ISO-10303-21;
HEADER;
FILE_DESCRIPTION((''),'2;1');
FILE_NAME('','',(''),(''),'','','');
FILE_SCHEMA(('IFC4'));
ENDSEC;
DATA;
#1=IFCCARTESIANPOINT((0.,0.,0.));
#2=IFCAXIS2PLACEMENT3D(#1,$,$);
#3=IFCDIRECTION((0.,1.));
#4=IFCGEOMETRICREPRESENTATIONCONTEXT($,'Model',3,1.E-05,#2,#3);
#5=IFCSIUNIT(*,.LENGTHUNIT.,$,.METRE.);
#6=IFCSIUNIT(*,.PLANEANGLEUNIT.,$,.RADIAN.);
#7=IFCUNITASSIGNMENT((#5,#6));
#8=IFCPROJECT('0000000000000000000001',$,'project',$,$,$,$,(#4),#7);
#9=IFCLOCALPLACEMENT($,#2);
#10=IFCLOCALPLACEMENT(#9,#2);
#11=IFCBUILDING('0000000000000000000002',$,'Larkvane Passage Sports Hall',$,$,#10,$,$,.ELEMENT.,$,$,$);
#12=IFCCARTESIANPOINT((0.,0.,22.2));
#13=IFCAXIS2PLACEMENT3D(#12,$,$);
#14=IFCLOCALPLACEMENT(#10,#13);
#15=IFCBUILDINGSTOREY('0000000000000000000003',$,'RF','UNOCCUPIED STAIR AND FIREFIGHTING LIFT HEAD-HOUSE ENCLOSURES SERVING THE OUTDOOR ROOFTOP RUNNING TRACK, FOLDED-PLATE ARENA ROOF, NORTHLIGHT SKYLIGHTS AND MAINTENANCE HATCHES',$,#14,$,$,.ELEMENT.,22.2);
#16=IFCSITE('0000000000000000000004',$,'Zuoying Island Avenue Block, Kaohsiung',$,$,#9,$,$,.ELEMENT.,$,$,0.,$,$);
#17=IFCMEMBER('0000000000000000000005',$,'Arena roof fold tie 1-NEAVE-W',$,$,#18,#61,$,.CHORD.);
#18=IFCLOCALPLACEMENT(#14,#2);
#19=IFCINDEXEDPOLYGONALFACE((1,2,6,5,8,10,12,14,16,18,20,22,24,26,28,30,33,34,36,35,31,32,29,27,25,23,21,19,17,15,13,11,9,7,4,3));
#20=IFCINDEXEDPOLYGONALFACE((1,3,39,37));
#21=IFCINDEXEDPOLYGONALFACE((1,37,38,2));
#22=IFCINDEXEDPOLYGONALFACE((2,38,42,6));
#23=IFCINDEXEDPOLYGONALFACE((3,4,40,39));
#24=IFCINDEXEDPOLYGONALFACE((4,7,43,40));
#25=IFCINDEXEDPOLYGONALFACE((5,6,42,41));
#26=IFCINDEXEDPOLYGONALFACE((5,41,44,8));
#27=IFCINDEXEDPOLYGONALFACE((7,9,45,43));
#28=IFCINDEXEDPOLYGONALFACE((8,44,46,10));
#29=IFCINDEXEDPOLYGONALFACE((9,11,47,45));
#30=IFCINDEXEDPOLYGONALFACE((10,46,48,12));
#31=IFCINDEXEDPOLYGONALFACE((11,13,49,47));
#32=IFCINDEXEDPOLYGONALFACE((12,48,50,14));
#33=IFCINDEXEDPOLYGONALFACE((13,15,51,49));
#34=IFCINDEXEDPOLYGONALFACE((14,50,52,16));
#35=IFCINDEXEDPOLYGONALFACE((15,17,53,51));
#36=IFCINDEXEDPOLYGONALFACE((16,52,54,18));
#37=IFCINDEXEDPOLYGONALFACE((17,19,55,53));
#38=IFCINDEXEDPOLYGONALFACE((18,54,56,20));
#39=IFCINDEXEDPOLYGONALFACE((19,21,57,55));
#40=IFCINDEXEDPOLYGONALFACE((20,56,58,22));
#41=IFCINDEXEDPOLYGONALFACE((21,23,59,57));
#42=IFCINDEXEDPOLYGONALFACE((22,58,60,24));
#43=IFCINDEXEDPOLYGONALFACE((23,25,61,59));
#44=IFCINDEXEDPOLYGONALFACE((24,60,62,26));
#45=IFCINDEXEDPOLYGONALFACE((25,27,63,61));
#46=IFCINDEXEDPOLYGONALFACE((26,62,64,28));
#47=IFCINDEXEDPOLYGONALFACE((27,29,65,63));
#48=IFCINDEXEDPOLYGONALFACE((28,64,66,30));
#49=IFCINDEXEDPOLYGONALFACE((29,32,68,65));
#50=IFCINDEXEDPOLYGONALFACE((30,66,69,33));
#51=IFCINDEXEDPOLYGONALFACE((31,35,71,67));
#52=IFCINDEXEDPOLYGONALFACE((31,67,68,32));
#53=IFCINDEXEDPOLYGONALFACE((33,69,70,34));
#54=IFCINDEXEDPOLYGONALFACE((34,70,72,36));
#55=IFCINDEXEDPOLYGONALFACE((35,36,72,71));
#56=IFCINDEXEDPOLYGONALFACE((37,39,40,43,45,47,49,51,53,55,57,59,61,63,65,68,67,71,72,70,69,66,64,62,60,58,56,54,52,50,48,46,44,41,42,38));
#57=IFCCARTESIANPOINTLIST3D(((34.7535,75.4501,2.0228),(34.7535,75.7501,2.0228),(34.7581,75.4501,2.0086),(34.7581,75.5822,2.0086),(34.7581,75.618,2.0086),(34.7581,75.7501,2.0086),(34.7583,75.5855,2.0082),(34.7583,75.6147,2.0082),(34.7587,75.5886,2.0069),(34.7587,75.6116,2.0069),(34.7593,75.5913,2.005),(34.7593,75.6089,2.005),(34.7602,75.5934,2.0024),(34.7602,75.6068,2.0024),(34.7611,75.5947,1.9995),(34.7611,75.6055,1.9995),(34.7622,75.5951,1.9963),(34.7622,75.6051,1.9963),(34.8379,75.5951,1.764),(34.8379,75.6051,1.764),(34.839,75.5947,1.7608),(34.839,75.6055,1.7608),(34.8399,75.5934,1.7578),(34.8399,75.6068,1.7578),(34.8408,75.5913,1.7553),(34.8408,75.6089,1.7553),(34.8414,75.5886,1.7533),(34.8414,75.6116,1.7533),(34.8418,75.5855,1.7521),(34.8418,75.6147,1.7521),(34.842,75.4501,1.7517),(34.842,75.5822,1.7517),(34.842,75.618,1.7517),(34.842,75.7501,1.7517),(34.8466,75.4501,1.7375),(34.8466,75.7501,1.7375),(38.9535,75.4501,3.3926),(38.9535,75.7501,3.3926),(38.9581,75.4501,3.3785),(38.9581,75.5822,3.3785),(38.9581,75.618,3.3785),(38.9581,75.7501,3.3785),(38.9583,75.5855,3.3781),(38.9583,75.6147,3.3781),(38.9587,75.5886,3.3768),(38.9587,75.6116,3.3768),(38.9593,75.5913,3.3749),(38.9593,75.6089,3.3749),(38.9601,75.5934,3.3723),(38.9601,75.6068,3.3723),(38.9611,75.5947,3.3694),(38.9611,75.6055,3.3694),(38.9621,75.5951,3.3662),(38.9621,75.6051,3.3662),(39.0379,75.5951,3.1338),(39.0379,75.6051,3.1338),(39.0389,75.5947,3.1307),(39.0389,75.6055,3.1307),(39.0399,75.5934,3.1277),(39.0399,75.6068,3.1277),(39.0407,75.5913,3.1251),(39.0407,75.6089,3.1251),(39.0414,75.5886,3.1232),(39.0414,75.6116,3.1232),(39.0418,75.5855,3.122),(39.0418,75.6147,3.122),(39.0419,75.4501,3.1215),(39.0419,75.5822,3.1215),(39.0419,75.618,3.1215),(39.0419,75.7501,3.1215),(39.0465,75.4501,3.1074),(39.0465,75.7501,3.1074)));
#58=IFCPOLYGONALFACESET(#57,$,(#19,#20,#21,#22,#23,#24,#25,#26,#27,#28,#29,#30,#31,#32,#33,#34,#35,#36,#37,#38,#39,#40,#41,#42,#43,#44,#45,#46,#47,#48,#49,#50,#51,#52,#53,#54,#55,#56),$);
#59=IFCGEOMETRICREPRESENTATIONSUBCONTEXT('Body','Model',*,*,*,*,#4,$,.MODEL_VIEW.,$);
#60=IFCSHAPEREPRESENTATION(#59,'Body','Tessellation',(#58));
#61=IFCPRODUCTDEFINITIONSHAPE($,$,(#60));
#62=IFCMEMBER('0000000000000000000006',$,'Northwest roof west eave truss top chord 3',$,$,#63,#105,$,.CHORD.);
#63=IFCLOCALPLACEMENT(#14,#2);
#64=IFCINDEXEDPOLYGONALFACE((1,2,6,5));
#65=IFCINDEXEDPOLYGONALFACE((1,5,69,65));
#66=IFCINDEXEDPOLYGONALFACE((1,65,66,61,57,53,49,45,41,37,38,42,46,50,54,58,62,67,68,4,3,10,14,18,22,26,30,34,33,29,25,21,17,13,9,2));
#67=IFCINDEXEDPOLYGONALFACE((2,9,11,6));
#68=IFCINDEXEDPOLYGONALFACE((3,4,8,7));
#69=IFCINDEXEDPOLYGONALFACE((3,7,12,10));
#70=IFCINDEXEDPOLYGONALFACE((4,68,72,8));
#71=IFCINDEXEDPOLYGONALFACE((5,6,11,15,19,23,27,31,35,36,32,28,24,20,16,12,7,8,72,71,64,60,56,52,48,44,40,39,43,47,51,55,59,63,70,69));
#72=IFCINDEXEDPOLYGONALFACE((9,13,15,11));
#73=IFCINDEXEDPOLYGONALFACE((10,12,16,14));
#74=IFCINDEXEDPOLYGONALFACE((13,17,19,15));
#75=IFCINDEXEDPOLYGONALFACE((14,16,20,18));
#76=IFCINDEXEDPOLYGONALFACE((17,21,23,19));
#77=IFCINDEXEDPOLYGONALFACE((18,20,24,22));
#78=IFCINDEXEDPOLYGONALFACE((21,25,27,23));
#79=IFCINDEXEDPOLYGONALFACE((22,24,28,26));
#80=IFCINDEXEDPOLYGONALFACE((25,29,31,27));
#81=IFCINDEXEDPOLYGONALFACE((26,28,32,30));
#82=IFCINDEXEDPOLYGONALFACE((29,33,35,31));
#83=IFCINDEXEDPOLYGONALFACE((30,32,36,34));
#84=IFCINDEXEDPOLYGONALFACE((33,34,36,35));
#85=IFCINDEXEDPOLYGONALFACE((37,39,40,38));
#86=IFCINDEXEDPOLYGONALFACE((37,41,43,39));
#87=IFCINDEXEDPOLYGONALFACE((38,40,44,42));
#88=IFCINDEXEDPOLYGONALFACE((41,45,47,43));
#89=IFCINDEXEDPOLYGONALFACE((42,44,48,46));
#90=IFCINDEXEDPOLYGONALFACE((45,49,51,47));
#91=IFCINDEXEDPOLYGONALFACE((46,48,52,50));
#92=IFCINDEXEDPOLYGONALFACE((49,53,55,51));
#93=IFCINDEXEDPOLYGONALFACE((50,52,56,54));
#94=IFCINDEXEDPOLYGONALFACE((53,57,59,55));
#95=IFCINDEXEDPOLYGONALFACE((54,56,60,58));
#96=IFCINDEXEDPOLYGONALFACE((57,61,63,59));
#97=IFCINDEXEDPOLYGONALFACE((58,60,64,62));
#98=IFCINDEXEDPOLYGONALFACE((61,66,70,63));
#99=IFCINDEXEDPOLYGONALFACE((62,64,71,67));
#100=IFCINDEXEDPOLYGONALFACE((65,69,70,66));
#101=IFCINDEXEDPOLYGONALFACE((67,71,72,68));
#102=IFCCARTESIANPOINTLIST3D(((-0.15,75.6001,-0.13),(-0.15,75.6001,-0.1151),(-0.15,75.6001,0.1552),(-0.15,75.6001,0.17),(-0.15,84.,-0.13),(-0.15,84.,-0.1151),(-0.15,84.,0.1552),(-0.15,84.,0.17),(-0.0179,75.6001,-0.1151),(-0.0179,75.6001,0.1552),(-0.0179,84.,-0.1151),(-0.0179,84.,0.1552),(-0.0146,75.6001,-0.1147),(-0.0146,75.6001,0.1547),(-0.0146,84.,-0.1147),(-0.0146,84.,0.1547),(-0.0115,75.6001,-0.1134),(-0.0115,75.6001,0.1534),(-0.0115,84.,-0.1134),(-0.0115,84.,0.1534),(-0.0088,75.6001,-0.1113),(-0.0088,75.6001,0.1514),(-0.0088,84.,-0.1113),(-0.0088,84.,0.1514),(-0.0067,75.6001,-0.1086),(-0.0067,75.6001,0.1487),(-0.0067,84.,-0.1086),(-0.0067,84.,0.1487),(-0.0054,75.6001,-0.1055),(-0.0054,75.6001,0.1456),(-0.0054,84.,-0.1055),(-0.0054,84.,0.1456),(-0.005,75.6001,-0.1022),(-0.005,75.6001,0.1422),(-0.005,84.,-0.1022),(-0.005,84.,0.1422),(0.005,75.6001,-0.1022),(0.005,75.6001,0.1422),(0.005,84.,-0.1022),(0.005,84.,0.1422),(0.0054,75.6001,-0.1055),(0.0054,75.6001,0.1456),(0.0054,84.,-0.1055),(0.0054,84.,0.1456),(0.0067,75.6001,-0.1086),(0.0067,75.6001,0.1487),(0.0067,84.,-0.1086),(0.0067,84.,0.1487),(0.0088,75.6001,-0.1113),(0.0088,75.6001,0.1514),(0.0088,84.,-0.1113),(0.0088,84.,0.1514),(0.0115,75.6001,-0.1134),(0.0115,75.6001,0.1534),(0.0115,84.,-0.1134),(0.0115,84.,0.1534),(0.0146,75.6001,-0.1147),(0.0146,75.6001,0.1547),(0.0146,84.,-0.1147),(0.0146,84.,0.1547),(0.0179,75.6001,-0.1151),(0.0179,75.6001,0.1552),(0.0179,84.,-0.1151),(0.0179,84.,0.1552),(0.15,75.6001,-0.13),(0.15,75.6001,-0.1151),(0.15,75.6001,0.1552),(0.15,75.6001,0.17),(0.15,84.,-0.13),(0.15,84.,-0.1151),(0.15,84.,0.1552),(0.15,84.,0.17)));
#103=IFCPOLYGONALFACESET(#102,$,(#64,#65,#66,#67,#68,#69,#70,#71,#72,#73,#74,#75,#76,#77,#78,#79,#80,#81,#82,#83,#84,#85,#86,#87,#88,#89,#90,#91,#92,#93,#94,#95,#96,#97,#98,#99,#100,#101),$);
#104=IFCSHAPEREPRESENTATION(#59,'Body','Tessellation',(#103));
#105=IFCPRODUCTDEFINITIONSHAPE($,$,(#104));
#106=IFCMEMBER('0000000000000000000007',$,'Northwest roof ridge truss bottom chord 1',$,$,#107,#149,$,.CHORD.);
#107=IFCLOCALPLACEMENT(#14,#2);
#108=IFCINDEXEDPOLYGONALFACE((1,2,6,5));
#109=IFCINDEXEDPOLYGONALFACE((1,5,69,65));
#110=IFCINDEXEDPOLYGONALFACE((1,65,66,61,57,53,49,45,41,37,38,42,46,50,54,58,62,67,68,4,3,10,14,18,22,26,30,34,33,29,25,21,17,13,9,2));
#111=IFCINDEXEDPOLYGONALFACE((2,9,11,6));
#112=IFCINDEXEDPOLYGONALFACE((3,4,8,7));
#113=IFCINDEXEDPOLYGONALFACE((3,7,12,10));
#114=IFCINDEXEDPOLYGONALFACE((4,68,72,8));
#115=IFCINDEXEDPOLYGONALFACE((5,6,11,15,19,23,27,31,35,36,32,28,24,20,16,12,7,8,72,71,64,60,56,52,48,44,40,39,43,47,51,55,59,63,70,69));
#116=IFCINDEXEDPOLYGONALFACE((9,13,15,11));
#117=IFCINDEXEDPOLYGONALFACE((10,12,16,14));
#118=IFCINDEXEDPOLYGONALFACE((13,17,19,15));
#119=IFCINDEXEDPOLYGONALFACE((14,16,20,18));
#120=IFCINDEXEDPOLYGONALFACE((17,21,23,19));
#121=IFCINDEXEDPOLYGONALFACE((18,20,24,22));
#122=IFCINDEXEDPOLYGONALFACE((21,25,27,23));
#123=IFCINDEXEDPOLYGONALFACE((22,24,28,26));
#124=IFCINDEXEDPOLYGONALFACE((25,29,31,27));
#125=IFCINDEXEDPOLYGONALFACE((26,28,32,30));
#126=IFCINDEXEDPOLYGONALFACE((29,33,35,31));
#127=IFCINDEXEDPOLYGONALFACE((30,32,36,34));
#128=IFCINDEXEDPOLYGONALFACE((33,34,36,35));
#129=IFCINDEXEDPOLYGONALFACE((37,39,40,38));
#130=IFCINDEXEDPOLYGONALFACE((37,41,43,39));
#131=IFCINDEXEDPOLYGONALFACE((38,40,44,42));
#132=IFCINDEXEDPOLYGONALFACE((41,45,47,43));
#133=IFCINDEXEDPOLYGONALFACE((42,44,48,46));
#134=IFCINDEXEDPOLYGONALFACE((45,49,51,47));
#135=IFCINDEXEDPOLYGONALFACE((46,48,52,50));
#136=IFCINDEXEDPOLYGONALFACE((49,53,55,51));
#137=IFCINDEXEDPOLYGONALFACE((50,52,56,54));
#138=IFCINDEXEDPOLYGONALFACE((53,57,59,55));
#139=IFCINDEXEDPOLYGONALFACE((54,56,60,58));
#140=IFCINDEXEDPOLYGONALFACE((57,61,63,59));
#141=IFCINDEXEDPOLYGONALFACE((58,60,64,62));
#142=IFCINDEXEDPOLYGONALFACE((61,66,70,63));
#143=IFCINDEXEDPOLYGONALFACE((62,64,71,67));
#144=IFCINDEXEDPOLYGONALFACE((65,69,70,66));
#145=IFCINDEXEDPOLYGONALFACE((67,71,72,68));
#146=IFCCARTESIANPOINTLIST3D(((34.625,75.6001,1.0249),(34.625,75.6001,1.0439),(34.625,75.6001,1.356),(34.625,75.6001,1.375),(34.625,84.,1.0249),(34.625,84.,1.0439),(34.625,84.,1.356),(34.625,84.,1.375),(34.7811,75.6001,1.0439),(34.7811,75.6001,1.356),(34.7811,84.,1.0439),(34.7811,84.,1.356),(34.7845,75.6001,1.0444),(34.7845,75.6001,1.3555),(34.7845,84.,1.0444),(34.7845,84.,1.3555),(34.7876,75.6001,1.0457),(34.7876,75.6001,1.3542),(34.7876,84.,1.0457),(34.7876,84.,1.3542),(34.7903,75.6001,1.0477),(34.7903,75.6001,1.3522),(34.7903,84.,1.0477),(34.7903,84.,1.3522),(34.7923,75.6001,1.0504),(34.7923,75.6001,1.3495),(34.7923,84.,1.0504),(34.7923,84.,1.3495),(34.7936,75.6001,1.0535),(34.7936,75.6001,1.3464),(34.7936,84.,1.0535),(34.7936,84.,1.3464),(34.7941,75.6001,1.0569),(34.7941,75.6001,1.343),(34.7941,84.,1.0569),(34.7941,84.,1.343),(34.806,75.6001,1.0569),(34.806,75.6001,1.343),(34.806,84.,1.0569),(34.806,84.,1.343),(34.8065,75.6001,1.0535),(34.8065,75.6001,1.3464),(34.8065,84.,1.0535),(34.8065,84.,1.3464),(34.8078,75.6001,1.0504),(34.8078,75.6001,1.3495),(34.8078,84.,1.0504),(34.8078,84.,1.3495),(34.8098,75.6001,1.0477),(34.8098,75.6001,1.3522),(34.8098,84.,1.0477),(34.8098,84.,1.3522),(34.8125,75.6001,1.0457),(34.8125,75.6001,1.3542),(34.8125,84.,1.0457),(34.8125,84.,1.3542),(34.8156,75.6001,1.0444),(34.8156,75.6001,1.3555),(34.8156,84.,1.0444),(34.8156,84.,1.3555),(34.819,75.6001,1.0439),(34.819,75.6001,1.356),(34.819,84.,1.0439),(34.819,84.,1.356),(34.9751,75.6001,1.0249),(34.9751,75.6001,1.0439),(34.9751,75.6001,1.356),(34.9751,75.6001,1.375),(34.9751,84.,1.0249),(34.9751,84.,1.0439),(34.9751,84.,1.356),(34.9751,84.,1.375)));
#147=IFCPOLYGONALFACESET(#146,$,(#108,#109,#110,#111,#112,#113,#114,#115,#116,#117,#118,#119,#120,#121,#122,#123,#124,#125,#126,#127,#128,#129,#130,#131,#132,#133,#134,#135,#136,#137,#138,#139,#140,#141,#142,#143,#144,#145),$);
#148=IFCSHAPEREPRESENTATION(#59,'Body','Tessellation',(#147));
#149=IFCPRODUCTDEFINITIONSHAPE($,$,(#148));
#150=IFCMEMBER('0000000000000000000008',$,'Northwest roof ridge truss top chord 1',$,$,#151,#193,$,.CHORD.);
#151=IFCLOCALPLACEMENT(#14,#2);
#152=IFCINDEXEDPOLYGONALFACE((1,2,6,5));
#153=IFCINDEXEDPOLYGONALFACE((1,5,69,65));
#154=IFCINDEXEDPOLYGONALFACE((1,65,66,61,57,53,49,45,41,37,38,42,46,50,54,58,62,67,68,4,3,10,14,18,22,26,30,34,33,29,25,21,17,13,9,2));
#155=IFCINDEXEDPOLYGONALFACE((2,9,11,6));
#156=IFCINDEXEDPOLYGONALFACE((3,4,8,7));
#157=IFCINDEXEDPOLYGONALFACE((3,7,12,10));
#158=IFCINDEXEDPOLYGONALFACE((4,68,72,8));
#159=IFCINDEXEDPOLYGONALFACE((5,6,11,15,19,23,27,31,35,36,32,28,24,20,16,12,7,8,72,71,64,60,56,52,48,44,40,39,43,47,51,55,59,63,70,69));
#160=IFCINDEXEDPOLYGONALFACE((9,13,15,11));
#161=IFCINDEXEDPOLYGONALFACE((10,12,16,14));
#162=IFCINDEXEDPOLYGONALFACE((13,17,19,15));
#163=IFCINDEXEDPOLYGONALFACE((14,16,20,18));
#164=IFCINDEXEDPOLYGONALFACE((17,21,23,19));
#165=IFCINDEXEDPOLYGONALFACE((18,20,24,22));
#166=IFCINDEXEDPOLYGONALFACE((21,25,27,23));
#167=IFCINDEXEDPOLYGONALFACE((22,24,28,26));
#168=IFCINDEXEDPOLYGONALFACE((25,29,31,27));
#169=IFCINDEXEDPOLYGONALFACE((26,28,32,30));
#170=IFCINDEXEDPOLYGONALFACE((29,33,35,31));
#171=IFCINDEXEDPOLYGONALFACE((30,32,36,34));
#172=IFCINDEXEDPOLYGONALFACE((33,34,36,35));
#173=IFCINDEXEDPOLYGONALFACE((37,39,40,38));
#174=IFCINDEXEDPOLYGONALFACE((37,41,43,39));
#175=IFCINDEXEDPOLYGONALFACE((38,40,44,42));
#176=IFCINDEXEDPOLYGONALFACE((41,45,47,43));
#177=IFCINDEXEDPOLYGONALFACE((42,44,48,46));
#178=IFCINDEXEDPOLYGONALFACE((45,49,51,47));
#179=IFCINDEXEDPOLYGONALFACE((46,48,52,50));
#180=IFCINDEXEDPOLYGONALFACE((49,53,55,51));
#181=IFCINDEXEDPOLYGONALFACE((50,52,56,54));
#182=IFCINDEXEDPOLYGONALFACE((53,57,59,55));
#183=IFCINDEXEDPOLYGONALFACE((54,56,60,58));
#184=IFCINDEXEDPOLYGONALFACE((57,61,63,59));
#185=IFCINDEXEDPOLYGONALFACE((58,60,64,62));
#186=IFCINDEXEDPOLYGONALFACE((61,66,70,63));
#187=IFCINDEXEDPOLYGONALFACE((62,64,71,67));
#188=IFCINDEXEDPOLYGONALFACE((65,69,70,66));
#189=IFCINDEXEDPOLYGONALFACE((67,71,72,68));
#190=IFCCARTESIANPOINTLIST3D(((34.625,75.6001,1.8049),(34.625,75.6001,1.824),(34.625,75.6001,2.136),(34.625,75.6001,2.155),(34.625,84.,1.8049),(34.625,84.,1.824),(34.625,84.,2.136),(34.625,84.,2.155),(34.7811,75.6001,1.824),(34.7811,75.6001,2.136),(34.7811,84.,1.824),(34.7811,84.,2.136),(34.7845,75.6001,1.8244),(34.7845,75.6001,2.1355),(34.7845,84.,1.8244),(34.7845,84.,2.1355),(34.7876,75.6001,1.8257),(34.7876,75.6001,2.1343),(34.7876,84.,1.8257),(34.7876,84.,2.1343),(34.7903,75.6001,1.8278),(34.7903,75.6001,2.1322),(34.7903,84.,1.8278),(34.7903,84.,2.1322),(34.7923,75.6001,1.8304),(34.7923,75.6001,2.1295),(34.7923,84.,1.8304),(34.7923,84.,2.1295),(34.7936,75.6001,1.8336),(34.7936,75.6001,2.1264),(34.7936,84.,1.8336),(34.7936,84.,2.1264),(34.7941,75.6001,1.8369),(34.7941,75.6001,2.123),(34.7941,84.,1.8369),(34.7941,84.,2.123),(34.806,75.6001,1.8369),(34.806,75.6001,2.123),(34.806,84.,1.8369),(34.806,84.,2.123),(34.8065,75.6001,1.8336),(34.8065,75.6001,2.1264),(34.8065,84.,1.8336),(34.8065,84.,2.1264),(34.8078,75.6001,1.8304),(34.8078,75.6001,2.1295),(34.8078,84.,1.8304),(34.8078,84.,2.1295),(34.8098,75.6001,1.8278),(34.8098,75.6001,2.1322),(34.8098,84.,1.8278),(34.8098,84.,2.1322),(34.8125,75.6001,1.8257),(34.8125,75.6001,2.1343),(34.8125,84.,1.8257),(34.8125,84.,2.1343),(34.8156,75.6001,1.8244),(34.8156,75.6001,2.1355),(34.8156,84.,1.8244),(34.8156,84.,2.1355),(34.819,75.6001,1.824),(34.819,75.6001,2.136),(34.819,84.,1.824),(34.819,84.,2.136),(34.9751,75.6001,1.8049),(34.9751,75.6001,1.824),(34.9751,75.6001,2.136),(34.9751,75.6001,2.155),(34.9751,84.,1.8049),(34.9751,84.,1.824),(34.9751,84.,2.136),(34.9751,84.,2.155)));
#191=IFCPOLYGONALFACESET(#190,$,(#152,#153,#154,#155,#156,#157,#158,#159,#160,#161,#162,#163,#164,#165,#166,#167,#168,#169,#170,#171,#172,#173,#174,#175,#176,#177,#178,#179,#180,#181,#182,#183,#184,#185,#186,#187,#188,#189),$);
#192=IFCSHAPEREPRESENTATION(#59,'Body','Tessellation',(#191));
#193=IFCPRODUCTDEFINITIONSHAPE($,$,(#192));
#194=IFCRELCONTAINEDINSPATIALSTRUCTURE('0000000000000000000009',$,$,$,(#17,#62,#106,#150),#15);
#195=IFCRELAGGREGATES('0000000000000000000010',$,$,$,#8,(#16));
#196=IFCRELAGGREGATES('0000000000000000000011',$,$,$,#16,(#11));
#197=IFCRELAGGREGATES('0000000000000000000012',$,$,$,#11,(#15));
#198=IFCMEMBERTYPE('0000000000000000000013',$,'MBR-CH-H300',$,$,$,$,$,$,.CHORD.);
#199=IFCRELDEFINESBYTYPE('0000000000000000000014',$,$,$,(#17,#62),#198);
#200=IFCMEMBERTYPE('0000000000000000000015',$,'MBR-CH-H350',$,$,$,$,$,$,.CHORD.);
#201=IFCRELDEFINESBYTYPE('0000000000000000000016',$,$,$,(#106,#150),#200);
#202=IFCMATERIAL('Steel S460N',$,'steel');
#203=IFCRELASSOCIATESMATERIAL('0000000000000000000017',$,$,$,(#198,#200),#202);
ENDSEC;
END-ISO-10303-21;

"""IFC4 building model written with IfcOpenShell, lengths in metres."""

from ifc_helpers import new_model, si_unit, direction, frame, origin, origin_2d, place, context, subcontext, project, spatial, i_section, extrude, material, material_profile, profile_set, type_object, element, save


model = new_model("IFC4")

# Units and contexts
model_context = context("Model", 3, precision=1e-05, world=origin(), true_north=direction((0.0, 1.0)))
body_context = subcontext(model_context, "Body", "Model", "MODEL_VIEW")
ifc_project = project(units=[si_unit("LENGTHUNIT", "METRE"), si_unit("PLANEANGLEUNIT", "RADIAN")], contexts=[model_context])

# Site, building, storey
site_placement = place(None, origin())
site = spatial("IfcSite", under=ifc_project, at=site_placement, Name="Zuoying Island Avenue Block, Kaohsiung", CompositionType="ELEMENT", RefElevation=0.0)
building_placement = place(site_placement, origin())
building = spatial("IfcBuilding", under=site, at=building_placement, Name="Larkvane Passage Sports Hall", CompositionType="ELEMENT")
storey_placement = place(building_placement, frame((0.0, 0.0, 22.2)))
storey = spatial("IfcBuildingStorey", under=building, at=storey_placement, Name="RF", Description="UNOCCUPIED STAIR AND FIREFIGHTING LIFT HEAD-HOUSE ENCLOSURES SERVING THE OUTDOOR ROOFTOP RUNNING TRACK, FOLDED-PLATE ARENA ROOF, NORTHLIGHT SKYLIGHTS AND MAINTENANCE HATCHES", CompositionType="ELEMENT", Elevation=22.2)

# Shared definitions
ifc_material_1 = material(Name="Steel S460N", Category="steel")

# Members
ifc_material_profile_1 = material_profile(ifc_material_1, i_section(OverallWidth=0.3, OverallDepth=0.3, WebThickness=0.01, FlangeThickness=0.0149, FilletRadius=0.0129, at=origin_2d()), Name="H-300x300x10x15")
ifc_profile_set_1 = profile_set([ifc_material_profile_1], Name="Steel S460N")
member_type_1 = type_object("IfcMemberType", Name="MBR-CH-H300", PredefinedType="CHORD", material=ifc_profile_set_1)
member_1_placement = place(storey_placement, frame((34.8, 75.6001, 1.8801), z_axis=(0.950708, 0.0, 0.310087), x_axis=(0.0, 1.0, 0.0)))
element("IfcMember", 1, at=member_1_placement, inside=storey, type_object=member_type_1, Name="Arena roof fold tie 1-NEAVE-W", PredefinedType="CHORD", context=body_context, shape_type="SweptSolid", body=[
    extrude(i_section(OverallWidth=0.3, OverallDepth=0.3, WebThickness=0.01, FlangeThickness=0.0149, FilletRadius=0.0129, at=origin_2d()), origin(), (0.0, 0.0, 1.0), 4.4177),
])
member_2_placement = place(storey_placement, frame((0.0, 75.6001, 0.02), z_axis=(0.0, 1.0, 0.0), x_axis=(-1.0, 0.0, 0.0)))
element("IfcMember", 2, at=member_2_placement, inside=storey, type_object=member_type_1, Name="Northwest roof west eave truss top chord 3", PredefinedType="CHORD", context=body_context, shape_type="SweptSolid", body=[
    extrude(i_section(OverallWidth=0.3, OverallDepth=0.3, WebThickness=0.01, FlangeThickness=0.0149, FilletRadius=0.0129, at=origin_2d()), origin(), (0.0, 0.0, 1.0), 8.3999),
])
ifc_material_profile_2 = material_profile(ifc_material_1, i_section(OverallWidth=0.3501, OverallDepth=0.3501, WebThickness=0.012, FlangeThickness=0.019, FilletRadius=0.0129, at=origin_2d()), Name="H-350x350x12x19")
ifc_profile_set_2 = profile_set([ifc_material_profile_2], Name="Steel S460N")
member_type_2 = type_object("IfcMemberType", Name="MBR-CH-H350", PredefinedType="CHORD", material=ifc_profile_set_2)
for number, where, z_axis, x_axis, name in (
    (3, (34.8, 75.6001, 1.2), (0.0, 1.0, 0.0), (-1.0, 0.0, 0.0), "Northwest roof ridge truss bottom chord 1"),
    (4, (34.8, 75.6001, 1.98), (0.0, 1.0, 0.0), (-1.0, 0.0, 0.0), "Northwest roof ridge truss top chord 1"),
):
    element("IfcMember", number, at=place(storey_placement, frame(where, z_axis=z_axis, x_axis=x_axis)), inside=storey, type_object=member_type_2, Name=name, PredefinedType="CHORD", context=body_context, shape_type="SweptSolid", body=[
        extrude(i_section(OverallWidth=0.3501, OverallDepth=0.3501, WebThickness=0.012, FlangeThickness=0.019, FilletRadius=0.0129, at=origin_2d()), origin(), (0.0, 0.0, 1.0), 8.3999),
    ])

save(model, "model.ifc")
